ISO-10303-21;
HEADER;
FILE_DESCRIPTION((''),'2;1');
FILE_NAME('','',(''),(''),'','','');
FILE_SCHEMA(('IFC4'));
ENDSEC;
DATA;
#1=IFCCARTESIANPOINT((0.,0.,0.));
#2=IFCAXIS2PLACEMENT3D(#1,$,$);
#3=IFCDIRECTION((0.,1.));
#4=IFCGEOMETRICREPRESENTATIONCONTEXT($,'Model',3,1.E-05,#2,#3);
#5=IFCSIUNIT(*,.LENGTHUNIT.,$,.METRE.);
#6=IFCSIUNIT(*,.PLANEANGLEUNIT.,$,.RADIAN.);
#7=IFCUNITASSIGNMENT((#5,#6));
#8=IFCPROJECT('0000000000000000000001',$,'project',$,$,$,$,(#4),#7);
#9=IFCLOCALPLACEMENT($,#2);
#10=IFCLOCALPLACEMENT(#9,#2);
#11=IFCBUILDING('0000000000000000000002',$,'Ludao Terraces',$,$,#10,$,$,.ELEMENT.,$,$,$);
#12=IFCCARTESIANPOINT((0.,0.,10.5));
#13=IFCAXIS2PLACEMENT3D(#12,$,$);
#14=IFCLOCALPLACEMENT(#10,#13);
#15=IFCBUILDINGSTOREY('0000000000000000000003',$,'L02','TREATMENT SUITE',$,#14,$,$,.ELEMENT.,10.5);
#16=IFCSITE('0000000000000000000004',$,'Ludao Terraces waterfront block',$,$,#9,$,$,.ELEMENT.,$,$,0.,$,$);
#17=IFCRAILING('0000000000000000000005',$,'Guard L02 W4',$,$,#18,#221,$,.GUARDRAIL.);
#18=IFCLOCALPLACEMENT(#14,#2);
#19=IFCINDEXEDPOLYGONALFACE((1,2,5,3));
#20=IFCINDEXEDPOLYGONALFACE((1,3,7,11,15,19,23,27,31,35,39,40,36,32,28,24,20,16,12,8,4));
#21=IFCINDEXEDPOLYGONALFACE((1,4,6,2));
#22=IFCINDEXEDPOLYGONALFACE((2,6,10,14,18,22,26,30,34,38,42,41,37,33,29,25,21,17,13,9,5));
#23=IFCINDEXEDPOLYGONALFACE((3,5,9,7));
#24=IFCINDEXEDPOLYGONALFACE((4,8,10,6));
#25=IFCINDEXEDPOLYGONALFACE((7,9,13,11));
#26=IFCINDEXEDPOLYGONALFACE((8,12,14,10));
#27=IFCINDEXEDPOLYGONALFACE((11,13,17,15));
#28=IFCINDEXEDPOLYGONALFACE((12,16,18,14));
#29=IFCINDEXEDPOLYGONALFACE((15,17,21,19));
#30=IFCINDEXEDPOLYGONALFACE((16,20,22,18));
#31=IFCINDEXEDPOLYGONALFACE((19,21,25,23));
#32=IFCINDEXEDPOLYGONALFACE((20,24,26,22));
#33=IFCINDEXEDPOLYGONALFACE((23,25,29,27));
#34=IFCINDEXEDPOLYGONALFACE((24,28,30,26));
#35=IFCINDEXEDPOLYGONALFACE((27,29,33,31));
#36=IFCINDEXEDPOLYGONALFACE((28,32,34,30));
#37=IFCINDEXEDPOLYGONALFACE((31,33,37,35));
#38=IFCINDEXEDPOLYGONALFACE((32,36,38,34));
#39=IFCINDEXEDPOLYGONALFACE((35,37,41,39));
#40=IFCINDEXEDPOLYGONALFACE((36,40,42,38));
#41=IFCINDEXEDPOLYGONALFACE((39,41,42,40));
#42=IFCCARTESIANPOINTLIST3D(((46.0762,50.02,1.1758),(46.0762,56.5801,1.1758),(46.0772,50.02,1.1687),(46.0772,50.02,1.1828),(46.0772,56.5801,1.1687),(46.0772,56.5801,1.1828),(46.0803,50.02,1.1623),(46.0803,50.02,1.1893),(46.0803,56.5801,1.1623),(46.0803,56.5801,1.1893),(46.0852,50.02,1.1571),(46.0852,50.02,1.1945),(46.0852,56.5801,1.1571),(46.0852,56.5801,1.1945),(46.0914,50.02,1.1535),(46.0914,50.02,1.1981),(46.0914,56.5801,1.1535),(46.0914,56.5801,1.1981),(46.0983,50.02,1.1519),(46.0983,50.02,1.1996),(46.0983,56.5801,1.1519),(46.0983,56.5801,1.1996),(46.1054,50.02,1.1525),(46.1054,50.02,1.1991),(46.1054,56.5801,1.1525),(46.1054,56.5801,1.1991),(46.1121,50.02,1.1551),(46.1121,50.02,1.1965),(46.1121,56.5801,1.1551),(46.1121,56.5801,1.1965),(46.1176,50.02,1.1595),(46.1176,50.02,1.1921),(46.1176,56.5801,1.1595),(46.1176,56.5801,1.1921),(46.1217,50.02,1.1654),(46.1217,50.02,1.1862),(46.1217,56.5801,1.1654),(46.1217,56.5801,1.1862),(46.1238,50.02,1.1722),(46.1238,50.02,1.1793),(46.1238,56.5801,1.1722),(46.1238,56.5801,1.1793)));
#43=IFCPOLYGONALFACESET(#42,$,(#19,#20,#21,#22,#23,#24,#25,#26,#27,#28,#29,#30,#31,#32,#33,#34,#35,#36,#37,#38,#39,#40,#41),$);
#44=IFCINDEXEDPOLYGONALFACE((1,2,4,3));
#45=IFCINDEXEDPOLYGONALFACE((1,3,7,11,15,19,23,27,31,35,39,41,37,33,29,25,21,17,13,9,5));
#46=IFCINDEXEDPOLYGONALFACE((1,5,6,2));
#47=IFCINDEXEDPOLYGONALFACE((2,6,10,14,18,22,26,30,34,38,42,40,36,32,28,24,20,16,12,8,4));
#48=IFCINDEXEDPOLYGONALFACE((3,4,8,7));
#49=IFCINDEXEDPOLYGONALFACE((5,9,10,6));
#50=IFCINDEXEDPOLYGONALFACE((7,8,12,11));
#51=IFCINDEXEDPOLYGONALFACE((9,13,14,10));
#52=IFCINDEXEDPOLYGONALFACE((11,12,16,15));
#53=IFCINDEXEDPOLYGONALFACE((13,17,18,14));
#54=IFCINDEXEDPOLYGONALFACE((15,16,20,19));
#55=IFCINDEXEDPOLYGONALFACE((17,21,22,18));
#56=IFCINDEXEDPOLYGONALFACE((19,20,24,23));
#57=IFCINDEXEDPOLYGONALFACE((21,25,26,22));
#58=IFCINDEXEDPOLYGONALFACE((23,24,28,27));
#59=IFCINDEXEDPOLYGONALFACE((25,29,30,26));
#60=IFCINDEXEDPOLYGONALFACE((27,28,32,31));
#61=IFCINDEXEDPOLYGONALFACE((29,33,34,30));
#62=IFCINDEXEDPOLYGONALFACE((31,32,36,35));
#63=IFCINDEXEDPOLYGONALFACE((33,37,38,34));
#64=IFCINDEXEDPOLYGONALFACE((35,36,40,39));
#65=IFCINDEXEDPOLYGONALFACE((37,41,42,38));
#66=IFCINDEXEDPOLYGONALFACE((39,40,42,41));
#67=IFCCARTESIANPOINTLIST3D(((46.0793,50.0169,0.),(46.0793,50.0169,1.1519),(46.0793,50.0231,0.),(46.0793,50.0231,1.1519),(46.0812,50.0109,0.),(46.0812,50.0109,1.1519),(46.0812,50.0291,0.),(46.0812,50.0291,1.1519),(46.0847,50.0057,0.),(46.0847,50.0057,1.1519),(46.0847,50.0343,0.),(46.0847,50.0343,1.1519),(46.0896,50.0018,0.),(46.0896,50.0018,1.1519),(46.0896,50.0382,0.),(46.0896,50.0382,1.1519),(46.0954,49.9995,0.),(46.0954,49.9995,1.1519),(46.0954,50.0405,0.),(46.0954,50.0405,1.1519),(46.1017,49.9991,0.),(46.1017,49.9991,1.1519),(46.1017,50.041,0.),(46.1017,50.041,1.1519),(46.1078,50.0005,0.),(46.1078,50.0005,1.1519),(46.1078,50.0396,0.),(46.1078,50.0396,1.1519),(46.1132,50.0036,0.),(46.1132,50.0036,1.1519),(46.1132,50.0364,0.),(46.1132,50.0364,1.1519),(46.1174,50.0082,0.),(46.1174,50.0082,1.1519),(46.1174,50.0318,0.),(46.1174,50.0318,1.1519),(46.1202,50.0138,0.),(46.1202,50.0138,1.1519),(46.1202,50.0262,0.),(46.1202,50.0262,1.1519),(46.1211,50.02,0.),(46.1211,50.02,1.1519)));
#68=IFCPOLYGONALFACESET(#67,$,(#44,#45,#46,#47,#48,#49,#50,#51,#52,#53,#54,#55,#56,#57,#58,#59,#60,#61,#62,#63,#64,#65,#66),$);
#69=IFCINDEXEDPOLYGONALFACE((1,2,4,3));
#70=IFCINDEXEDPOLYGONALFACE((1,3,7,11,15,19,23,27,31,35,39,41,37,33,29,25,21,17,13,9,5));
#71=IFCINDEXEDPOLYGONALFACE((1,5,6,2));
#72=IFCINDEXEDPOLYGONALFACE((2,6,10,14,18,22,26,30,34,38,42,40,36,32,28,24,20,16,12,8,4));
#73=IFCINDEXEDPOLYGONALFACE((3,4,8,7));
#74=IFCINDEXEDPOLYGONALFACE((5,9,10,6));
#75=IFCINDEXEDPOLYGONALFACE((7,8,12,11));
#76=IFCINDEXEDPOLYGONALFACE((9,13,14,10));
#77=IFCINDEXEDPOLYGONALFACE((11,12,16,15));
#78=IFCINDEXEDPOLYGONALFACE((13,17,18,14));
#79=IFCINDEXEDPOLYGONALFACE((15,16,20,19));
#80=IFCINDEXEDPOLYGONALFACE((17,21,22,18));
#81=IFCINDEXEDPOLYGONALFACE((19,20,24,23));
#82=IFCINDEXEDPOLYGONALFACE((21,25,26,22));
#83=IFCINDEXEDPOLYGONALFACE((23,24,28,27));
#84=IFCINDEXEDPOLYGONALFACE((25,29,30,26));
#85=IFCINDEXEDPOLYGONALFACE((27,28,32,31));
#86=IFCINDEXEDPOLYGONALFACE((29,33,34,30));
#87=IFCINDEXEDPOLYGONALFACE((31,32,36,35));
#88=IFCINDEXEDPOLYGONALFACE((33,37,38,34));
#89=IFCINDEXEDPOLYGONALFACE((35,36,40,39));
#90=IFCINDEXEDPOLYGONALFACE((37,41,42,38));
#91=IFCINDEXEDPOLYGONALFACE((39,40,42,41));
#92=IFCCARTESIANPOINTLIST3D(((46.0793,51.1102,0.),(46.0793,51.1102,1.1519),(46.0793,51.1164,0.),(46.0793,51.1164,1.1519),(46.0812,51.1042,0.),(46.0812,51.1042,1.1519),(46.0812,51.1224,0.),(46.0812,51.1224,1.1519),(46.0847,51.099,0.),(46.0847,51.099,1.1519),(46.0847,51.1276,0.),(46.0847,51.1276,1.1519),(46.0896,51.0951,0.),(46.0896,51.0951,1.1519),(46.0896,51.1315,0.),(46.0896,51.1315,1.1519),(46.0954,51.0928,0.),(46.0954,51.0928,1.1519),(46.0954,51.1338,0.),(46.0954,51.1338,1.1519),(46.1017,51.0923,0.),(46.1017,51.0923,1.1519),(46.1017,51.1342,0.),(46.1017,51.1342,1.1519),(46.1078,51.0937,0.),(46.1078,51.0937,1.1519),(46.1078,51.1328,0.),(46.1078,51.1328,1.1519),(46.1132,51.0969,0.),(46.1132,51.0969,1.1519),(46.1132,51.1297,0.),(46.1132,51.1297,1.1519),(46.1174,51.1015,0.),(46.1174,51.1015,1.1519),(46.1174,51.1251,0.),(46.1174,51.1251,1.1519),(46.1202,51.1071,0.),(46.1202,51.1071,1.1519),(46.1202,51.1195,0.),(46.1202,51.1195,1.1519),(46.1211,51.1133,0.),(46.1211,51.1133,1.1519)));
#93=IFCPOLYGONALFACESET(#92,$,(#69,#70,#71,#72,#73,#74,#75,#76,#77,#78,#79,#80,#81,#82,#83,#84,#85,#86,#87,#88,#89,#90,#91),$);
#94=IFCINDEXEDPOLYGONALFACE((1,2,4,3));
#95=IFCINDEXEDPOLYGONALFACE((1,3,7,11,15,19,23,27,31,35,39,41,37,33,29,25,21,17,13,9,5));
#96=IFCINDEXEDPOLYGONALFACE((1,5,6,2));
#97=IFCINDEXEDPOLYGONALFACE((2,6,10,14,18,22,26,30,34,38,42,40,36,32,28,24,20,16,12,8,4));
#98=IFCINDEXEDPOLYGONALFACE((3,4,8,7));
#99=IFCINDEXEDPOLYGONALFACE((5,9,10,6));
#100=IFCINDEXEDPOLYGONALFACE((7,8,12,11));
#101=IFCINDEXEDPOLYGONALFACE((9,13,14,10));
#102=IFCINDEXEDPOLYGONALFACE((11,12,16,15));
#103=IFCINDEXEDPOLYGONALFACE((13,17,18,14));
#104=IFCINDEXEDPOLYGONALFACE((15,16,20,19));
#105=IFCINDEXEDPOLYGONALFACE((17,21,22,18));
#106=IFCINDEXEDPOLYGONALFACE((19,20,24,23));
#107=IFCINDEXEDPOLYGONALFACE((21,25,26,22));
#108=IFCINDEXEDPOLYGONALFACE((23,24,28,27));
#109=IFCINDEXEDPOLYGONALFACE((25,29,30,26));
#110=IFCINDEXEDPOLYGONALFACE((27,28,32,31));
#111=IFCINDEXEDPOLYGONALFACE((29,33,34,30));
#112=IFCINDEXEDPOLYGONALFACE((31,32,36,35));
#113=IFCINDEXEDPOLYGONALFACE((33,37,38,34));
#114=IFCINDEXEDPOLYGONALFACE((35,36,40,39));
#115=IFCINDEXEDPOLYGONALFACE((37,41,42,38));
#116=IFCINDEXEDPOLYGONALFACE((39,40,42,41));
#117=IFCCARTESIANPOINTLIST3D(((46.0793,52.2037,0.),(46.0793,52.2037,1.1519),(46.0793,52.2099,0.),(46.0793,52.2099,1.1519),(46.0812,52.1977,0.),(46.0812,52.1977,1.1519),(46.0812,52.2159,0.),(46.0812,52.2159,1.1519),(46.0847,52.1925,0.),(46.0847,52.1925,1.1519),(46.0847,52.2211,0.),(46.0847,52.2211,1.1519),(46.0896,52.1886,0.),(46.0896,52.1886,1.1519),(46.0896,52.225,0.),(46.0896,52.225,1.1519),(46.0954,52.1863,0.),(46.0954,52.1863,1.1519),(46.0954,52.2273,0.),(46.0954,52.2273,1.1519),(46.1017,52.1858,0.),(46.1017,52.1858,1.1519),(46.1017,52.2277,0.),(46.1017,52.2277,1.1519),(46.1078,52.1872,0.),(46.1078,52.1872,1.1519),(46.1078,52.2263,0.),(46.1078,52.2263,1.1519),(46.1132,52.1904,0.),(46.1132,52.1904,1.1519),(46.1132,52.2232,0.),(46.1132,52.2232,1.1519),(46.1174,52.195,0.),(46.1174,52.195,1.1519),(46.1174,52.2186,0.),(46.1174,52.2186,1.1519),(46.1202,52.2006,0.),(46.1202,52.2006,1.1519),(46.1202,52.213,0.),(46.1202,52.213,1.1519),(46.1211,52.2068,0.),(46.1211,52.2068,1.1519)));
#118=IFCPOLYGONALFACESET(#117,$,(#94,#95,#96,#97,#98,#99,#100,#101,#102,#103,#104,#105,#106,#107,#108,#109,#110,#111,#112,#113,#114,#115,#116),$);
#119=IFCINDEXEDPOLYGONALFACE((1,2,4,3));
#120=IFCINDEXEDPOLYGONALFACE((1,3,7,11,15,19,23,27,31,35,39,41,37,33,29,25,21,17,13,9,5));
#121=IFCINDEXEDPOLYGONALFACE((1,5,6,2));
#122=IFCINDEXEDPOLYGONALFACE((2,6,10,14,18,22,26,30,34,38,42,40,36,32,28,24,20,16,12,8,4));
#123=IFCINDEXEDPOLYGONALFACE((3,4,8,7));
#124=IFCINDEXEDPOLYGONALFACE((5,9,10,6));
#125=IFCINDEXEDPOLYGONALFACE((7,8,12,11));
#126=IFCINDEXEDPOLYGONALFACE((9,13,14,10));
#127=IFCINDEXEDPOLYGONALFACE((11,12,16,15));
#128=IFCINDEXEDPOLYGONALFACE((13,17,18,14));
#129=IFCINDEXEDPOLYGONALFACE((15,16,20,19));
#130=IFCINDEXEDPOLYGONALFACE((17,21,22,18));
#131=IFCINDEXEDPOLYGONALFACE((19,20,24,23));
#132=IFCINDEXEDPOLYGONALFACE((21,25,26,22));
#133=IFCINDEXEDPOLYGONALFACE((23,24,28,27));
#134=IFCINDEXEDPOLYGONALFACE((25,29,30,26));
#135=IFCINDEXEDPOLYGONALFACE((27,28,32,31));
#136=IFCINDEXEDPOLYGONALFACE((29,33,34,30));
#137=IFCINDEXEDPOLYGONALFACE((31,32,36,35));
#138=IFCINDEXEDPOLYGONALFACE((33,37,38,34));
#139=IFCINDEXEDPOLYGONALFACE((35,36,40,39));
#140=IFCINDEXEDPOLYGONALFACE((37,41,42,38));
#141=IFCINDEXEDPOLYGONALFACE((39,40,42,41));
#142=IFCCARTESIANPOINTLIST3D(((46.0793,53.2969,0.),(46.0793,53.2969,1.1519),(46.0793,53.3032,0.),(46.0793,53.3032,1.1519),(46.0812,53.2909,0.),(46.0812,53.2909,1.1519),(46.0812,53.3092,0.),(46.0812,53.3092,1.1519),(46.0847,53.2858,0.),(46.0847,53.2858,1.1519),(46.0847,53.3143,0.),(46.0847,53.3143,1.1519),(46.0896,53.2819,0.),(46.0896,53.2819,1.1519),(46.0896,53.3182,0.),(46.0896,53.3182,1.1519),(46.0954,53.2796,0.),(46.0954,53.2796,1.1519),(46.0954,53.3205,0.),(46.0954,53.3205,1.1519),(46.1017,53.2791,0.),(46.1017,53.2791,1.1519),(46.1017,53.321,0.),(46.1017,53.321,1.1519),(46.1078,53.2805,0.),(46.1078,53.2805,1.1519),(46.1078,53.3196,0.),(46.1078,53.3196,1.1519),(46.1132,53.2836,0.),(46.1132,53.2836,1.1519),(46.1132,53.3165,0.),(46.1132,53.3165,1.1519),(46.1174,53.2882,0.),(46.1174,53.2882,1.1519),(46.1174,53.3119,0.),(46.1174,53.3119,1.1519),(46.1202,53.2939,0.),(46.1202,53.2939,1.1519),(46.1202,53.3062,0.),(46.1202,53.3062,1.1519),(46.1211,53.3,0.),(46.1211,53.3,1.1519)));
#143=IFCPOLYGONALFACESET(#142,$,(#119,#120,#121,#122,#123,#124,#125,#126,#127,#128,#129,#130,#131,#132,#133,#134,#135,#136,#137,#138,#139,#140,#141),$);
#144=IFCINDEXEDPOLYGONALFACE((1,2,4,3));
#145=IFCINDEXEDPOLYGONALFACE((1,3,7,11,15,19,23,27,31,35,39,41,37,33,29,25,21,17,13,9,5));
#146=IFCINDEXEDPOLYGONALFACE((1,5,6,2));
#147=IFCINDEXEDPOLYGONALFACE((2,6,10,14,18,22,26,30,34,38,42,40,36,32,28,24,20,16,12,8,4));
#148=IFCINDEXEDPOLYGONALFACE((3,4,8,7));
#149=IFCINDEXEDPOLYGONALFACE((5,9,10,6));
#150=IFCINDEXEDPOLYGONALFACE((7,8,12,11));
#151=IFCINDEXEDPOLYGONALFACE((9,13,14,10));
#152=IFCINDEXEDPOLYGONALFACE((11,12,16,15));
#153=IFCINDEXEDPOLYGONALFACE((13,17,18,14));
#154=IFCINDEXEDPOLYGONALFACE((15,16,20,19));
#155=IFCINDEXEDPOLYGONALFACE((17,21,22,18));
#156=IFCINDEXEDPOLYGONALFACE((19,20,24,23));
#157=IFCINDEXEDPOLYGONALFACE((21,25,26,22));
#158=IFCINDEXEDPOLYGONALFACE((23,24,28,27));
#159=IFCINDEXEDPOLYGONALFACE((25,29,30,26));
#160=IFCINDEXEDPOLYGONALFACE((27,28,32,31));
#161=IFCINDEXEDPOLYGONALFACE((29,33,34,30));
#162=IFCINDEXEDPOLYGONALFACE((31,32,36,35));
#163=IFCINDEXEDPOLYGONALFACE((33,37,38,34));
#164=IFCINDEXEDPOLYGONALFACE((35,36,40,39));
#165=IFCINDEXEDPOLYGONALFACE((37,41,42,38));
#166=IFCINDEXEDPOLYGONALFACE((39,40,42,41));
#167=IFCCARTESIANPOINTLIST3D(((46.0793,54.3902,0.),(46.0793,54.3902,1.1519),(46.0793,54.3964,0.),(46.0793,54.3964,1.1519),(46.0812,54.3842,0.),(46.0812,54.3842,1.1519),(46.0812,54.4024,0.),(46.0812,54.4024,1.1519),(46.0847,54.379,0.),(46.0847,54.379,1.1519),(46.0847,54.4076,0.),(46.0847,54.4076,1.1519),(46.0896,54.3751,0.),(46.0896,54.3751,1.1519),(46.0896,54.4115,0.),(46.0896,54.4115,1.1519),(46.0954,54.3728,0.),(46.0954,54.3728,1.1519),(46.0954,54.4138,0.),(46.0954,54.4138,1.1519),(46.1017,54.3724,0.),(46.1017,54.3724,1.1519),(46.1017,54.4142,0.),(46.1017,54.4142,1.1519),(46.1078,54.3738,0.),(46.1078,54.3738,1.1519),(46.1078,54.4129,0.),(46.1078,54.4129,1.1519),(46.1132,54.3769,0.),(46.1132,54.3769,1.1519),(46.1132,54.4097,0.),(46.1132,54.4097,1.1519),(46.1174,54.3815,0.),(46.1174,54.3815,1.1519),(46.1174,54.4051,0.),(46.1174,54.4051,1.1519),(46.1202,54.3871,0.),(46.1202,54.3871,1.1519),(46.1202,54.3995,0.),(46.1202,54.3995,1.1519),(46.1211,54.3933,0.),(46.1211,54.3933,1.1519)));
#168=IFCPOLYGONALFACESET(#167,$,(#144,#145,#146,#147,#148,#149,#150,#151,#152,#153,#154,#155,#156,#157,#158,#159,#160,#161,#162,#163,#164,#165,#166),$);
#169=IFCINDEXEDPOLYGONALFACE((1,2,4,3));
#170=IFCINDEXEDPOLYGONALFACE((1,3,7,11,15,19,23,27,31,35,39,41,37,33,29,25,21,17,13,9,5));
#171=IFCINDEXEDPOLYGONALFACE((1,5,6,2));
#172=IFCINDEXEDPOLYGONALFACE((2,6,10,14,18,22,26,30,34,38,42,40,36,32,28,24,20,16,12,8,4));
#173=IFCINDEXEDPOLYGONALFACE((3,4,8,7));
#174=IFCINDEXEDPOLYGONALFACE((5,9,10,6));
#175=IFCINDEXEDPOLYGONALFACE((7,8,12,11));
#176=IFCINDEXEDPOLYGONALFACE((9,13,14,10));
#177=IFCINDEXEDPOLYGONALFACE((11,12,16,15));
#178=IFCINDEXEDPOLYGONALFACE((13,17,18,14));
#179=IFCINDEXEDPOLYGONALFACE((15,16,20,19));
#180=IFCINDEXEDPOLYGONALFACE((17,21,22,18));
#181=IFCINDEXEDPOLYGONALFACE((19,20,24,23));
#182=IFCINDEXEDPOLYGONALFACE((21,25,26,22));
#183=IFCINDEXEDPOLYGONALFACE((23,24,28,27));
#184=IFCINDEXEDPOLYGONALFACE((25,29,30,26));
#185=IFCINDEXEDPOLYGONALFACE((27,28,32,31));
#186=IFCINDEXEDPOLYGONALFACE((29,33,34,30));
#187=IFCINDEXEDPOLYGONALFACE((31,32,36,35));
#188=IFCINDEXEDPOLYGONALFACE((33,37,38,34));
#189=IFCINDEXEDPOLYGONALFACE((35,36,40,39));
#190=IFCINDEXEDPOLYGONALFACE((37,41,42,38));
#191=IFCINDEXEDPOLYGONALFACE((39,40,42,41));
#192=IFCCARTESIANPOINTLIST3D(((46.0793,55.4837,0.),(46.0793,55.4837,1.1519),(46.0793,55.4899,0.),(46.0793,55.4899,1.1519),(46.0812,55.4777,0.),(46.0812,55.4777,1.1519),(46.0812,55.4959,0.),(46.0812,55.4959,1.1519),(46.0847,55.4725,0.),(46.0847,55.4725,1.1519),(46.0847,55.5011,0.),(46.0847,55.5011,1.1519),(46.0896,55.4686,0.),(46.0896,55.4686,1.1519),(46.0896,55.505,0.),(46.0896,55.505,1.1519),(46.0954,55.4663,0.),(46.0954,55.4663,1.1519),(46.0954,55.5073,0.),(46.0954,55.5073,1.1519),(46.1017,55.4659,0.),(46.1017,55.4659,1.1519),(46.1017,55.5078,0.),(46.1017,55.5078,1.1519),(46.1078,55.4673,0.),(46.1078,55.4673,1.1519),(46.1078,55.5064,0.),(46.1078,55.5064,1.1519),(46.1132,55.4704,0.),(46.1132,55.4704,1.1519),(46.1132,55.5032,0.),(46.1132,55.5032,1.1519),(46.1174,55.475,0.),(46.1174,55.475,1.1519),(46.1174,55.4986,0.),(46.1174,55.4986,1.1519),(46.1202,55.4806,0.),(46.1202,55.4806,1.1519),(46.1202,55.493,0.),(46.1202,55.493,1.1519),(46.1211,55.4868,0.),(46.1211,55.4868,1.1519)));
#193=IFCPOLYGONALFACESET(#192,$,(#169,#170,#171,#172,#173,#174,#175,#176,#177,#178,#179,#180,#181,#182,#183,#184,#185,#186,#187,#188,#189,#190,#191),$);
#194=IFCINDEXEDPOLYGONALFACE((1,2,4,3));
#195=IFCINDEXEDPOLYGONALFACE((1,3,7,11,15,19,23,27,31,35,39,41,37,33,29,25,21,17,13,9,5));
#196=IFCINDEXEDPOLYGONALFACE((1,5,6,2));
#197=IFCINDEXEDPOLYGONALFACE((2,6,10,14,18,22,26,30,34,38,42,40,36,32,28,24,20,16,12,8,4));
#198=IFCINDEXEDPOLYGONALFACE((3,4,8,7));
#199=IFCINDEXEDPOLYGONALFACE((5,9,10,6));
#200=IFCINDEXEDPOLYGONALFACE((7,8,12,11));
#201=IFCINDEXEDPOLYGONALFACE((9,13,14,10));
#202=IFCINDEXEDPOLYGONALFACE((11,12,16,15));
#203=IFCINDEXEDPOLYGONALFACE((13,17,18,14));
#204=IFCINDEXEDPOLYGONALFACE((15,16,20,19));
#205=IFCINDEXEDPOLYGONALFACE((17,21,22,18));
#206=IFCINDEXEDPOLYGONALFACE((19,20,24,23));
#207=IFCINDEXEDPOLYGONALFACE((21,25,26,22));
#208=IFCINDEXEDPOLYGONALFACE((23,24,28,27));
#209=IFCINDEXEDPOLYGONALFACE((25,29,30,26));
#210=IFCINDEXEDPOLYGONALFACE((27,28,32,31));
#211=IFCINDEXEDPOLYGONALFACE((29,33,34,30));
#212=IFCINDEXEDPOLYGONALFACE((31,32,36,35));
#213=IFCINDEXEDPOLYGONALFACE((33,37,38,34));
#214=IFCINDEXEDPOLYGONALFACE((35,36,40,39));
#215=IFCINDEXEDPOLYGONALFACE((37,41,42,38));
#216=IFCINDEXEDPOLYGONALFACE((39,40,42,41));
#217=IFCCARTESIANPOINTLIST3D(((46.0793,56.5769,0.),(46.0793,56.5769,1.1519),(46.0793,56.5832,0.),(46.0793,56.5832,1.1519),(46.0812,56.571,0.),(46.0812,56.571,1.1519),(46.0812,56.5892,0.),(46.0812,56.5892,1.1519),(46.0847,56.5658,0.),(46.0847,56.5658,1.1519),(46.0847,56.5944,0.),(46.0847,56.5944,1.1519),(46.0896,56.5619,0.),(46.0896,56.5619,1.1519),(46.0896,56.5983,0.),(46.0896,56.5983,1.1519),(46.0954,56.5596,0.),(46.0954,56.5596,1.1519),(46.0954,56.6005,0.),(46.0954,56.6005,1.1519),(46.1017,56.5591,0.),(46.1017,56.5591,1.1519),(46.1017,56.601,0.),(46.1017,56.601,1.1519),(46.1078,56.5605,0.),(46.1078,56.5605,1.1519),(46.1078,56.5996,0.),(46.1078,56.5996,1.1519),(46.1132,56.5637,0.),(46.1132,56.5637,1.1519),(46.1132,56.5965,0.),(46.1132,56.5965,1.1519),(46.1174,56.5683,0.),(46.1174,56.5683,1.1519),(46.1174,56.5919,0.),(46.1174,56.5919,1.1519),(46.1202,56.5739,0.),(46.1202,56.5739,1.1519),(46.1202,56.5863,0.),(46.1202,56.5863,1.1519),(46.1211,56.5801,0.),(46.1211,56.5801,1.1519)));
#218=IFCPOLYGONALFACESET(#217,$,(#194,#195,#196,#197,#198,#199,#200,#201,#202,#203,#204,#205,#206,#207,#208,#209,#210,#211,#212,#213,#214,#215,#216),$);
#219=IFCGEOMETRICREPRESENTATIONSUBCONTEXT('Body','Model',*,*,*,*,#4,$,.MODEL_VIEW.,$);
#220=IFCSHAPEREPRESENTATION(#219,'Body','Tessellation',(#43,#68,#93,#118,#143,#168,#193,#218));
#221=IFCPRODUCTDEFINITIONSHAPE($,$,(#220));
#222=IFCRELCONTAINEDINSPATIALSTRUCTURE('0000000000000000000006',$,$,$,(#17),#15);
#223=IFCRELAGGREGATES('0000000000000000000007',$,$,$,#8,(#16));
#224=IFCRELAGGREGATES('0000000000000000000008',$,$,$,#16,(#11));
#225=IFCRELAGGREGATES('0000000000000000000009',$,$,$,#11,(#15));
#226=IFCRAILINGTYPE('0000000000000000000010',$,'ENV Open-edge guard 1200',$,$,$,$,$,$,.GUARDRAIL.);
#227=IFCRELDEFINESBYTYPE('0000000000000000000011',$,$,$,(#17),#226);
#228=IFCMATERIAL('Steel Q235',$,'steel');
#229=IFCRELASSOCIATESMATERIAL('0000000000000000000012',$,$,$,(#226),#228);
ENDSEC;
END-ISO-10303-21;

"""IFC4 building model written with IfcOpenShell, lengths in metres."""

from ifc_helpers import new_model, si_unit, direction, frame, origin, origin_2d, place, context, subcontext, project, spatial, circle, extrude, material, type_object, element, save


model = new_model("IFC4")

# Units and contexts
model_context = context("Model", 3, precision=1e-05, world=origin(), true_north=direction((0.0, 1.0)))
body_context = subcontext(model_context, "Body", "Model", "MODEL_VIEW")
ifc_project = project(units=[si_unit("LENGTHUNIT", "METRE"), si_unit("PLANEANGLEUNIT", "RADIAN")], contexts=[model_context])

# Site, building, storey
site_placement = place(None, origin())
site = spatial("IfcSite", under=ifc_project, at=site_placement, Name="Ludao Terraces waterfront block", CompositionType="ELEMENT", RefElevation=0.0)
building_placement = place(site_placement, origin())
building = spatial("IfcBuilding", under=site, at=building_placement, Name="Ludao Terraces", CompositionType="ELEMENT")
storey_placement = place(building_placement, frame((0.0, 0.0, 10.5)))
storey = spatial("IfcBuildingStorey", under=building, at=storey_placement, Name="L02", Description="TREATMENT SUITE", CompositionType="ELEMENT", Elevation=10.5)

# Shared definitions
ifc_material_1 = material(Name="Steel Q235", Category="steel")

# Railing
railing_type = type_object("IfcRailingType", Name="ENV Open-edge guard 1200", PredefinedType="GUARDRAIL", material=ifc_material_1)
railing_placement = place(storey_placement, frame((46.1001, 50.02, 0.0)))
element("IfcRailing", 1, at=railing_placement, inside=storey, type_object=railing_type, Name="Guard L02 W4", PredefinedType="GUARDRAIL", context=body_context, shape_type="SweptSolid", body=[
    extrude(circle(Radius=0.0239, at=origin_2d()), frame((0.0, 0.0, 1.1758), z_axis=(0.0, 1.0, 0.0), x_axis=(-1.0, 0.0, 0.0)), (0.0, 0.0, 1.0), 6.5601),
    extrude(circle(Radius=0.021, at=origin_2d()), origin(), (0.0, 0.0, 1.0), 1.1519),
    extrude(circle(Radius=0.021, at=origin_2d()), frame((0.0, 1.0933, 0.0)), (0.0, 0.0, 1.0), 1.1519),
    extrude(circle(Radius=0.021, at=origin_2d()), frame((0.0, 2.1868, 0.0)), (0.0, 0.0, 1.0), 1.1519),
    extrude(circle(Radius=0.021, at=origin_2d()), frame((0.0, 3.28, 0.0)), (0.0, 0.0, 1.0), 1.1519),
    extrude(circle(Radius=0.021, at=origin_2d()), frame((0.0, 4.3733, 0.0)), (0.0, 0.0, 1.0), 1.1519),
    extrude(circle(Radius=0.021, at=origin_2d()), frame((0.0, 5.4668, 0.0)), (0.0, 0.0, 1.0), 1.1519),
    extrude(circle(Radius=0.021, at=origin_2d()), frame((0.0, 6.5601, 0.0)), (0.0, 0.0, 1.0), 1.1519),
])

save(model, "model.ifc")
